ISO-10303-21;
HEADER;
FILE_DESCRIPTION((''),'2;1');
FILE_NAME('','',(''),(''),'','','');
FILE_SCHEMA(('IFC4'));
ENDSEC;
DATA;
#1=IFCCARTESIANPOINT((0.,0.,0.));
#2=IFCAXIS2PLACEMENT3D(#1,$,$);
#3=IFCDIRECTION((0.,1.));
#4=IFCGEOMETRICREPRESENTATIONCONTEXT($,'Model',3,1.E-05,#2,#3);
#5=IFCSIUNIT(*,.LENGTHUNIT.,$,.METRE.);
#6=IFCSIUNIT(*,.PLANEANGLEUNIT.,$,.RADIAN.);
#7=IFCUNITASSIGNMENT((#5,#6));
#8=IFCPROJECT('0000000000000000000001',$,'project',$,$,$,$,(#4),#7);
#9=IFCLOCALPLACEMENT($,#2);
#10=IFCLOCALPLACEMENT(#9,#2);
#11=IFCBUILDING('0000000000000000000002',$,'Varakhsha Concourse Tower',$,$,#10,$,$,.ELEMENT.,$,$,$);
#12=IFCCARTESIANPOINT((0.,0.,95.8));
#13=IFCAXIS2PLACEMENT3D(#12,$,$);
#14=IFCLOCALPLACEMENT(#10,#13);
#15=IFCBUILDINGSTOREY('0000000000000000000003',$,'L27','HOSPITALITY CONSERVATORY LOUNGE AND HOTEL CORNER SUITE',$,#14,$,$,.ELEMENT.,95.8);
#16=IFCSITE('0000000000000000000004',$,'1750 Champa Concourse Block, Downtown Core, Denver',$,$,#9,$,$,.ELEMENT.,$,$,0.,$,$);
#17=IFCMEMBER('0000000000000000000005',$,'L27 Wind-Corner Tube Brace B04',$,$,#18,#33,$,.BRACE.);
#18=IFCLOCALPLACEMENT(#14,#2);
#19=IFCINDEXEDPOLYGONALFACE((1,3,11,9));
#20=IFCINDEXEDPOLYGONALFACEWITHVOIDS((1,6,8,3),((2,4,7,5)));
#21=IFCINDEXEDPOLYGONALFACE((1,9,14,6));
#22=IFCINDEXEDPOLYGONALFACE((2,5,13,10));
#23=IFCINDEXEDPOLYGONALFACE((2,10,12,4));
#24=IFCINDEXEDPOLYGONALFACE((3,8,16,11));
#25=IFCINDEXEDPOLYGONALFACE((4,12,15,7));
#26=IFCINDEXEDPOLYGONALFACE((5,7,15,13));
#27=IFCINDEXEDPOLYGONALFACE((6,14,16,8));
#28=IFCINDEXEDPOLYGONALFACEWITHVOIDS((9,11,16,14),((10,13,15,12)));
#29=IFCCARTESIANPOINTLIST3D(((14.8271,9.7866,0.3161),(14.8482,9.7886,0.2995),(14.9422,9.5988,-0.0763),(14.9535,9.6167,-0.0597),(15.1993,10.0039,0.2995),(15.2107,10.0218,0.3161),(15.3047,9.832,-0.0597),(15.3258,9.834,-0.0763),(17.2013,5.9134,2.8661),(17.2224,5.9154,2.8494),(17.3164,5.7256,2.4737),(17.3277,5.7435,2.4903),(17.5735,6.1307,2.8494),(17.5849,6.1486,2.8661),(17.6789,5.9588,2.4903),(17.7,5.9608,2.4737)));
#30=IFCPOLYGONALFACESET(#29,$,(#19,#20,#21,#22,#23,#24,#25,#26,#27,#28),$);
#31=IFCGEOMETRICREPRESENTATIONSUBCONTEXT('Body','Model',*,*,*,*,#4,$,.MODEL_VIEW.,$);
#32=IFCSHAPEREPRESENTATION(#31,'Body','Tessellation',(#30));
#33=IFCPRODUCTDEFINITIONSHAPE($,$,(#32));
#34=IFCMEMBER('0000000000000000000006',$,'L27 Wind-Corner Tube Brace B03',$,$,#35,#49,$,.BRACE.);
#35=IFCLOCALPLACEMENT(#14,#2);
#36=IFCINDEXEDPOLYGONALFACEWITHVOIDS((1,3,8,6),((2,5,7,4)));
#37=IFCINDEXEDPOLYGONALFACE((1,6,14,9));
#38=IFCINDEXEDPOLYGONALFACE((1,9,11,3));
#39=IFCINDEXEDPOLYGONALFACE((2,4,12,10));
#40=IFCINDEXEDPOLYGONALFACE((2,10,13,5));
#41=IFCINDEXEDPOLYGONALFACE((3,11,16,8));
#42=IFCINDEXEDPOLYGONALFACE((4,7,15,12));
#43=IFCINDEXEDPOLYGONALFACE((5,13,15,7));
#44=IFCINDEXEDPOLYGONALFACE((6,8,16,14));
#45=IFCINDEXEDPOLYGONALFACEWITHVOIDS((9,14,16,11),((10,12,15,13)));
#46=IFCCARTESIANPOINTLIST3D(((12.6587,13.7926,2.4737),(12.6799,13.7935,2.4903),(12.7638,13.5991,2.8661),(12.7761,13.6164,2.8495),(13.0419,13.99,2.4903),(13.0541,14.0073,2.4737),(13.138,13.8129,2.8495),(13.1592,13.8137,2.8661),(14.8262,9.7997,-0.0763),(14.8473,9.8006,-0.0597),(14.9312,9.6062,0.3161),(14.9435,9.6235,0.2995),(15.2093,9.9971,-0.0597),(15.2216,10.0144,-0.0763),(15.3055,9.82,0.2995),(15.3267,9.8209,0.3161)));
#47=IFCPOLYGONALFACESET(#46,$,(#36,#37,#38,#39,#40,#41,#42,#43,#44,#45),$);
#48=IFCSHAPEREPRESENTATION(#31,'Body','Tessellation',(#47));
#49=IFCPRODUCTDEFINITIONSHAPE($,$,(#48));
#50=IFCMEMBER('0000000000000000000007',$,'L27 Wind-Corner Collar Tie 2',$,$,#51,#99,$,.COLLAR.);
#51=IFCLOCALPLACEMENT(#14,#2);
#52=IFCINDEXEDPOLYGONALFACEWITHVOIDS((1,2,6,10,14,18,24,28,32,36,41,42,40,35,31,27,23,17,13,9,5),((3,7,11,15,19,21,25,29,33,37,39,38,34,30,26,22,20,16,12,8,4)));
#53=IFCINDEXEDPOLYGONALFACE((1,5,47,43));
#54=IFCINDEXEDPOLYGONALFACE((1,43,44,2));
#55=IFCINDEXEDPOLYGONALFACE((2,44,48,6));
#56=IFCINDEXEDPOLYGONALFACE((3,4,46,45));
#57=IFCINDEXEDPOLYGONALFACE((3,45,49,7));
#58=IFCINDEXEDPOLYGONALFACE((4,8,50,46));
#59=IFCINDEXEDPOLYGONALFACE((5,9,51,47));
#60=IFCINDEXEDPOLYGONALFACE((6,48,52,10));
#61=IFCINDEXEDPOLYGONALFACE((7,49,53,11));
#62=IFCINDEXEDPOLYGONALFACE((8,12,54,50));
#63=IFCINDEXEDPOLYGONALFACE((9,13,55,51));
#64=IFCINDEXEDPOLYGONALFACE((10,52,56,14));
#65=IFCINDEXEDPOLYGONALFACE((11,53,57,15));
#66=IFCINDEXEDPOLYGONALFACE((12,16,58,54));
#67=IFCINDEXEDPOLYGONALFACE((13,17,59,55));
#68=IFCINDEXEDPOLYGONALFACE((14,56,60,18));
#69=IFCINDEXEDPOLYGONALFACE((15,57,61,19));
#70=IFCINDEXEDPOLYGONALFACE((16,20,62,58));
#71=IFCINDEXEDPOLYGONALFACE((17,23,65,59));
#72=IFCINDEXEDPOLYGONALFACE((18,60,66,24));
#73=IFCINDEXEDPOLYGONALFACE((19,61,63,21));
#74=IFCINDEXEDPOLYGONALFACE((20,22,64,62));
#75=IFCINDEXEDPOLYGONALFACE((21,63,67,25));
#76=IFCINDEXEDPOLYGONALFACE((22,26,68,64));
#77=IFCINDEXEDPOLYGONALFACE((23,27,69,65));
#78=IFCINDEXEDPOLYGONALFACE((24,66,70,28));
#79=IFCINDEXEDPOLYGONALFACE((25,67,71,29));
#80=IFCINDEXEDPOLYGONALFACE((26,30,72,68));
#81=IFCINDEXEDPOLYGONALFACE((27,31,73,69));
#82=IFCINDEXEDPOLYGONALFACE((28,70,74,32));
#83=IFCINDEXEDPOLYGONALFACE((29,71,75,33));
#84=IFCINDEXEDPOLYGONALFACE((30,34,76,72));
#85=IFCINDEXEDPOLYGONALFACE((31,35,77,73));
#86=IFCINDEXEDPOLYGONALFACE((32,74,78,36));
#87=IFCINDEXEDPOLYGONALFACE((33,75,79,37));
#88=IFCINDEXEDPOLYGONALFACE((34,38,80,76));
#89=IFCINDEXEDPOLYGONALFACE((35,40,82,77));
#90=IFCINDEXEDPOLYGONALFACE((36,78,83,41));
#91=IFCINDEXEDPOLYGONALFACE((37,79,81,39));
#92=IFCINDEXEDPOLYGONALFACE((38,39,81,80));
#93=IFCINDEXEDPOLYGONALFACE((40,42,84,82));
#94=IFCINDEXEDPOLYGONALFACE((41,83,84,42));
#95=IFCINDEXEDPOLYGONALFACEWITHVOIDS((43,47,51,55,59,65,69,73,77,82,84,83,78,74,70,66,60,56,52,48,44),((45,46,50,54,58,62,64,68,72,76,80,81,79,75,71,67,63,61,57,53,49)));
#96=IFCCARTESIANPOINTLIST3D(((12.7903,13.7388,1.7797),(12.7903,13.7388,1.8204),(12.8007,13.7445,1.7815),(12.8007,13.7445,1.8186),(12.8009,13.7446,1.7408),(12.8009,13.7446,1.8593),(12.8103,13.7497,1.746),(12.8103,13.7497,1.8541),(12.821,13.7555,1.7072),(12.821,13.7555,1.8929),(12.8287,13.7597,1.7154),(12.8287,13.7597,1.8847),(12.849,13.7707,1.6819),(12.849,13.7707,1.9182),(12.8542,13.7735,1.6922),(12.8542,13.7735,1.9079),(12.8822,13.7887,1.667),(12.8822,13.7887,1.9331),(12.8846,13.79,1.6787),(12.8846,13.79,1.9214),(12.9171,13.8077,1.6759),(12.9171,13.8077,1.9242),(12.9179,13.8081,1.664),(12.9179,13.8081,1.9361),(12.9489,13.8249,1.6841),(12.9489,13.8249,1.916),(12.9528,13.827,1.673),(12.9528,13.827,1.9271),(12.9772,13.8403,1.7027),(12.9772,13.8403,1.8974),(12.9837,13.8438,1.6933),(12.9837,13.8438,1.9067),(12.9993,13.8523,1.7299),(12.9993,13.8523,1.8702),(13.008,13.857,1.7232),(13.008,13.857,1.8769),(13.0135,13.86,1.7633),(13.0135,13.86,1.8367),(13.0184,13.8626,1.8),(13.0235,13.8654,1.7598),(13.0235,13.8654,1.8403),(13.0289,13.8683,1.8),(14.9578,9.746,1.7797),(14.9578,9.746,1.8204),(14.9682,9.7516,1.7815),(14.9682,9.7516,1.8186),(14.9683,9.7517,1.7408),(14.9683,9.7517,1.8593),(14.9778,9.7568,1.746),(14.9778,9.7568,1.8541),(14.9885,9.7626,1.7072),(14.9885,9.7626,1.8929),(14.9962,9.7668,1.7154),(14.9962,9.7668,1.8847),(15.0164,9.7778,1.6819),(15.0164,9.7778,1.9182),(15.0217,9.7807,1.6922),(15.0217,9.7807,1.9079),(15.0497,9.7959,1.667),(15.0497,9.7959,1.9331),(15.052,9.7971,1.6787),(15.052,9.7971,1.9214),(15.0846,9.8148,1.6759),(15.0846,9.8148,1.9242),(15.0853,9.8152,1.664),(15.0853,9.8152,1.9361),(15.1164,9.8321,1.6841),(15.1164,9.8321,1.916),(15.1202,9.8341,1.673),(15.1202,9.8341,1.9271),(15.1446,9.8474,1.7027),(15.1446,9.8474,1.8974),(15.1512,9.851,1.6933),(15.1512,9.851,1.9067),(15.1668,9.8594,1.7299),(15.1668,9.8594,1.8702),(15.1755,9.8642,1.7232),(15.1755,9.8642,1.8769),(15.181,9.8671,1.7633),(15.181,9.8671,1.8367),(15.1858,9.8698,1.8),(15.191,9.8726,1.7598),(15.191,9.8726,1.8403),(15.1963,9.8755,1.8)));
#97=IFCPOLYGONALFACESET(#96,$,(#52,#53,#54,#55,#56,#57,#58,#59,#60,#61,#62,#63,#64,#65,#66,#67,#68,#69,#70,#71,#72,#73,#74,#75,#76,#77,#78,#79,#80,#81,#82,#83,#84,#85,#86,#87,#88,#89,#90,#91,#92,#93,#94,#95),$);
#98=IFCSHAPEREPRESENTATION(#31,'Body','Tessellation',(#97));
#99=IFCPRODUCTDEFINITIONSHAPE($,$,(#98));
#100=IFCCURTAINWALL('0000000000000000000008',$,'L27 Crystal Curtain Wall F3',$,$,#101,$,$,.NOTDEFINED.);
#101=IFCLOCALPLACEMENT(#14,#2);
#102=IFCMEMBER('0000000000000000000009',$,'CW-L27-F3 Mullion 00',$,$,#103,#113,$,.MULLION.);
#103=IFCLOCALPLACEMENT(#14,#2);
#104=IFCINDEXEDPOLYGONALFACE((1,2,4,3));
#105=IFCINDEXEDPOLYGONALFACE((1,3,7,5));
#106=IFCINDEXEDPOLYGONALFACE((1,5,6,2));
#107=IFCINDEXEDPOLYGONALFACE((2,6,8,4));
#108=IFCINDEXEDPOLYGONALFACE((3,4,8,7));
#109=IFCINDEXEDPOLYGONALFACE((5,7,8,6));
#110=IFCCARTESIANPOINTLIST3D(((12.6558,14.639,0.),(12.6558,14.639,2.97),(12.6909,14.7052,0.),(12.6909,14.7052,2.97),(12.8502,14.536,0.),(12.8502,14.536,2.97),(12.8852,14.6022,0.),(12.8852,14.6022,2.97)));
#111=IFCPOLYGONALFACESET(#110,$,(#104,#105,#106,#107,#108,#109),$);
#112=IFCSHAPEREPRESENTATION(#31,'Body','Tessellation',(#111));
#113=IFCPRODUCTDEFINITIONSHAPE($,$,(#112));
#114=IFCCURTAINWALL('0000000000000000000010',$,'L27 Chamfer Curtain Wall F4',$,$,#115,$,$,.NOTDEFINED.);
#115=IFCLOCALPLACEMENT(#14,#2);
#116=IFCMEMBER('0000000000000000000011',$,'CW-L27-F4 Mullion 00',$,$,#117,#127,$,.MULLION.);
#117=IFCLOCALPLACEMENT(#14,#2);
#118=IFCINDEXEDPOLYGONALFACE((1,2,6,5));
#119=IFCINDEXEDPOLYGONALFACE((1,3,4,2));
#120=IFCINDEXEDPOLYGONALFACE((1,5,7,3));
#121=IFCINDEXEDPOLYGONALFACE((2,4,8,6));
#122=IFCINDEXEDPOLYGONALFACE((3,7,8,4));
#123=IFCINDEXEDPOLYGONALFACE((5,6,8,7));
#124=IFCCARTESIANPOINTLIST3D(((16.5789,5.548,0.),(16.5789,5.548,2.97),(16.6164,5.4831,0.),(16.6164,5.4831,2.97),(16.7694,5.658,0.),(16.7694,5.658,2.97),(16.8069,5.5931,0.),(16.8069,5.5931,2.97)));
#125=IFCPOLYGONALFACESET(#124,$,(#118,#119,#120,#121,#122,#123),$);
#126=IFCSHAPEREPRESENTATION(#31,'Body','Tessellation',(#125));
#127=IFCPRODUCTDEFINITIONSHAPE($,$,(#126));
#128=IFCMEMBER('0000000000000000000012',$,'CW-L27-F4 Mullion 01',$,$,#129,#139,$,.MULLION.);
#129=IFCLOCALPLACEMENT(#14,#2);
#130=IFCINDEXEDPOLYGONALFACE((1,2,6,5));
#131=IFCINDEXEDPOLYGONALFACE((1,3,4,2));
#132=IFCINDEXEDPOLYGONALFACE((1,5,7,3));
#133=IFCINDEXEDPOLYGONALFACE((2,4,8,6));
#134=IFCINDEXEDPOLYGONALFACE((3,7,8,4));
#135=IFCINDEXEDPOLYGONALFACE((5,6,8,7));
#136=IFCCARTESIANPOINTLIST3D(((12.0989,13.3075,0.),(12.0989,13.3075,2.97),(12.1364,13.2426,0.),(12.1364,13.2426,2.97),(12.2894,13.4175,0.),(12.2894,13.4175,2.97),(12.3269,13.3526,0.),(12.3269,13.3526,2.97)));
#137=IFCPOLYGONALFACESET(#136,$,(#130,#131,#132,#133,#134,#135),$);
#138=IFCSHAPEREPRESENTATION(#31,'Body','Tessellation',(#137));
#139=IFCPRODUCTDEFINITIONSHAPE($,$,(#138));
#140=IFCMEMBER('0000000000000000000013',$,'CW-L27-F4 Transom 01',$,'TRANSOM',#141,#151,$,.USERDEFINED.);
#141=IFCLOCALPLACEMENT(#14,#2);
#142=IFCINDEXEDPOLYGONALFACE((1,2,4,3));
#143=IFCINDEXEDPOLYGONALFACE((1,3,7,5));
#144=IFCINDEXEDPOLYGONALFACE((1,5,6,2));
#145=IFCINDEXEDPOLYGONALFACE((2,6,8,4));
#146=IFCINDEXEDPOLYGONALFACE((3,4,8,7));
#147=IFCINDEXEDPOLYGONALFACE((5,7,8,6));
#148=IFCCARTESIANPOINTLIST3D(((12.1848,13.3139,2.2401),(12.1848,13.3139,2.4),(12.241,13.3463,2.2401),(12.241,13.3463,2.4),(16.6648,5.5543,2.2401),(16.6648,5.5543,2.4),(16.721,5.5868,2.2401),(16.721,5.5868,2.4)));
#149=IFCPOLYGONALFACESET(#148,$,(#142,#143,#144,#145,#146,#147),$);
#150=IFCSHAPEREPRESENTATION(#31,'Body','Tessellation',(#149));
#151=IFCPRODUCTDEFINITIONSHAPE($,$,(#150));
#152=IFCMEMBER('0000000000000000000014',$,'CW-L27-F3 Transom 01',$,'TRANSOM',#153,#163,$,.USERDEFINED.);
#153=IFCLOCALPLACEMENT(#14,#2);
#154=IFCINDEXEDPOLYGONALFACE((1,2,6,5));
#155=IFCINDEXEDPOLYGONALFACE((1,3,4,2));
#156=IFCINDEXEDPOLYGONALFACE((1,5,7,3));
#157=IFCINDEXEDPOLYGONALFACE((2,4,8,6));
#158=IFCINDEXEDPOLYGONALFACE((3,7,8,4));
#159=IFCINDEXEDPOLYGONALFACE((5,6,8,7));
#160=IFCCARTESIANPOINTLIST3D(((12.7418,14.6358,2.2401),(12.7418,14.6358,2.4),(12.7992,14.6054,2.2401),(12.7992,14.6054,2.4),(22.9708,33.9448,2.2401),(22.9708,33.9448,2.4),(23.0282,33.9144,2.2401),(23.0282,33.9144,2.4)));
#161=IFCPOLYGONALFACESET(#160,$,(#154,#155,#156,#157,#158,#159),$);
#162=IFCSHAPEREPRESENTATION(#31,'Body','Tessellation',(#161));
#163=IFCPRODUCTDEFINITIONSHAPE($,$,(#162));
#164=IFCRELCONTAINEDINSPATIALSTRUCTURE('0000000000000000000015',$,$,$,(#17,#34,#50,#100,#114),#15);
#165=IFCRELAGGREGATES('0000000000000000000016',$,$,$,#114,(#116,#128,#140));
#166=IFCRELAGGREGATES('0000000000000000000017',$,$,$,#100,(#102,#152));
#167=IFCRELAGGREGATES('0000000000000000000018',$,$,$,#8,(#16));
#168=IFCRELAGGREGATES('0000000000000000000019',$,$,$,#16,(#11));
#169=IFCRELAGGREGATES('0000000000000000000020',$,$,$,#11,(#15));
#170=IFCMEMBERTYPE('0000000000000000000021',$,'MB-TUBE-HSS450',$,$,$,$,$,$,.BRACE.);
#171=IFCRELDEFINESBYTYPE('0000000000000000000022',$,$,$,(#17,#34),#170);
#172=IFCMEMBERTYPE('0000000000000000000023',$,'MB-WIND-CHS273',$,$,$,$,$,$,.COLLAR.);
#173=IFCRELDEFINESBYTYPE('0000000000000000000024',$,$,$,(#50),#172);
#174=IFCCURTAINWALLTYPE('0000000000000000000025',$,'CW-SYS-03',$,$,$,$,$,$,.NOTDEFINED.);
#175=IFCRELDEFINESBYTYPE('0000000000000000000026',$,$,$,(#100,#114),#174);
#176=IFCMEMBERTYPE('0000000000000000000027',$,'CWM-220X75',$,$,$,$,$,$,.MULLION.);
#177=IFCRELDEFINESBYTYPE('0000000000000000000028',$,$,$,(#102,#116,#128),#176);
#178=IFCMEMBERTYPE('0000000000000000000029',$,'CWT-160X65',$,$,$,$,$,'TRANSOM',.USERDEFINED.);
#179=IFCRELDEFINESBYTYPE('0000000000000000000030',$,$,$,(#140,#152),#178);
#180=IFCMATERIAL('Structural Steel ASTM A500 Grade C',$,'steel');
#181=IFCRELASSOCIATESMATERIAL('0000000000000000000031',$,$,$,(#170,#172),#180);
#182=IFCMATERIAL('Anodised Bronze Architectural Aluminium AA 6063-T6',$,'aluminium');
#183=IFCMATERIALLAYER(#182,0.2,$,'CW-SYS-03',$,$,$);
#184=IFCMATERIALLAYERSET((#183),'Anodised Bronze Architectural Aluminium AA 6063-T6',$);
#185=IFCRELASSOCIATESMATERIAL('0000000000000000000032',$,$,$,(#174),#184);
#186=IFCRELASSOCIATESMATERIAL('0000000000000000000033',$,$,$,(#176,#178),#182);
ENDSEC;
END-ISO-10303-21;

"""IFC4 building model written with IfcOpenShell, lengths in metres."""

from ifc_helpers import new_model, si_unit, direction, frame, origin, origin_2d, place, context, subcontext, project, spatial, rectangle, hollow_rectangle, hollow_circle, extrude, source, transform, mapped, material, layer, layer_set, material_profile, profile_set, type_object, type_shapes, element, aggregate, save


model = new_model("IFC4")

# Units and contexts
model_context = context("Model", 3, precision=1e-05, world=origin(), true_north=direction((0.0, 1.0)))
body_context = subcontext(model_context, "Body", "Model", "MODEL_VIEW")
ifc_project = project(units=[si_unit("LENGTHUNIT", "METRE"), si_unit("PLANEANGLEUNIT", "RADIAN")], contexts=[model_context])

# Site, building, storey
site_placement = place(None, origin())
site = spatial("IfcSite", under=ifc_project, at=site_placement, Name="1750 Champa Concourse Block, Downtown Core, Denver", CompositionType="ELEMENT", RefElevation=0.0)
building_placement = place(site_placement, origin())
building = spatial("IfcBuilding", under=site, at=building_placement, Name="Varakhsha Concourse Tower", CompositionType="ELEMENT")
storey_placement = place(building_placement, frame((0.0, 0.0, 95.8)))
storey = spatial("IfcBuildingStorey", under=building, at=storey_placement, Name="L27", Description="HOSPITALITY CONSERVATORY LOUNGE AND HOTEL CORNER SUITE", CompositionType="ELEMENT", Elevation=95.8)

# Members
ifc_material_1 = material(Name="Structural Steel ASTM A500 Grade C", Category="steel")
ifc_material_profile_1 = material_profile(ifc_material_1, hollow_rectangle(XDim=0.45, YDim=0.45, WallThickness=0.019, at=origin_2d()), Name="HSS 450x450x19")
ifc_profile_set_1 = profile_set([ifc_material_profile_1], Name="Structural Steel ASTM A500 Grade C")
member_type_1 = type_object("IfcMemberType", Name="MB-TUBE-HSS450", PredefinedType="BRACE", material=ifc_profile_set_1)
shared_shape_1 = source(origin(), body_context, "Body", "SweptSolid", [
    extrude(hollow_rectangle(XDim=0.45, YDim=0.45, WallThickness=0.019, at=origin_2d()), origin(), (0.0, 0.0, 1.0), 5.2097),
])
member_1_placement = place(storey_placement, frame((15.0764, 9.8103, 0.1199), z_axis=(0.455729, -0.743459, 0.489469), x_axis=(0.85257, 0.522612, 0.0)))
element("IfcMember", 1, at=member_1_placement, inside=storey, type_object=member_type_1, Name="L27 Wind-Corner Tube Brace B04", PredefinedType="BRACE", context=body_context, shape_type="MappedRepresentation", body=[
    mapped(shared_shape_1, transform((0.0, 0.0, 0.0), scale=1.0)),
])
shared_shape_2 = source(origin(), body_context, "Body", "SweptSolid", [
    extrude(hollow_rectangle(XDim=0.45, YDim=0.45, WallThickness=0.019, at=origin_2d()), origin(), (0.0, 0.0, 1.0), 5.21),
])
type_shapes(member_type_1, [shared_shape_1, shared_shape_2])
member_2_placement = place(storey_placement, frame((15.0764, 9.8103, 0.1199), z_axis=(-0.416023, 0.766395, 0.489452), x_axis=(-0.878863, -0.477074, 0.0)))
element("IfcMember", 2, at=member_2_placement, inside=storey, type_object=member_type_1, Name="L27 Wind-Corner Tube Brace B03", PredefinedType="BRACE", context=body_context, shape_type="MappedRepresentation", body=[
    mapped(shared_shape_2, transform((0.0, 0.0, 0.0), scale=1.0)),
])
ifc_material_profile_2 = material_profile(ifc_material_1, hollow_circle(Radius=0.1365, WallThickness=0.012, at=origin_2d()), Name="CHS 273x12")
ifc_profile_set_2 = profile_set([ifc_material_profile_2], Name="Structural Steel ASTM A500 Grade C")
member_type_2 = type_object("IfcMemberType", Name="MB-WIND-CHS273", PredefinedType="COLLAR", material=ifc_profile_set_2)
shared_shape_3 = source(origin(), body_context, "Body", "SweptSolid", [
    extrude(hollow_circle(Radius=0.1365, WallThickness=0.012, at=origin_2d()), origin(), (0.0, 0.0, 1.0), 4.5432),
])
type_shapes(member_type_2, [shared_shape_3])
member_3_placement = place(storey_placement, frame((12.9089, 13.8032, 1.8), z_axis=(0.477074, -0.878863, 0.0), x_axis=(0.878863, 0.477074, 0.0)))
element("IfcMember", 3, at=member_3_placement, inside=storey, type_object=member_type_2, Name="L27 Wind-Corner Collar Tie 2", PredefinedType="COLLAR", context=body_context, shape_type="MappedRepresentation", body=[
    mapped(shared_shape_3, transform((0.0, 0.0, 0.0), scale=1.0)),
])

# Curtain wall, member
ifc_material_2 = material(Name="Anodised Bronze Architectural Aluminium AA 6063-T6", Category="aluminium")
ifc_layer_1 = layer(ifc_material_2, 0.2, Name="CW-SYS-03")
ifc_layer_set_1 = layer_set([ifc_layer_1], Name="Anodised Bronze Architectural Aluminium AA 6063-T6")
curtain_wall_type = type_object("IfcCurtainWallType", Name="CW-SYS-03", PredefinedType="NOTDEFINED", material=ifc_layer_set_1)
curtain_wall_1_placement = place(storey_placement, origin())
curtain_wall_1 = element("IfcCurtainWall", 4, at=curtain_wall_1_placement, inside=storey, type_object=curtain_wall_type, Name="L27 Crystal Curtain Wall F3", PredefinedType="NOTDEFINED")
ifc_material_profile_3 = material_profile(ifc_material_2, rectangle(XDim=0.075, YDim=0.22, at=origin_2d()), Name="CWM-220X75")
ifc_profile_set_3 = profile_set([ifc_material_profile_3], Name="Anodised Bronze Architectural Aluminium AA 6063-T6")
member_type_3 = type_object("IfcMemberType", Name="CWM-220X75", PredefinedType="MULLION", material=ifc_profile_set_3)
shared_shape_4 = source(origin(), body_context, "Body", "SweptSolid", [
    extrude(rectangle(XDim=0.075, YDim=0.22, at=origin_2d()), origin(), (0.0, 0.0, 1.0), 2.97),
])
type_shapes(member_type_3, [shared_shape_4])
member_4_placement = place(storey_placement, frame((12.7705, 14.6206, 0.0), z_axis=(0.0, 0.0, 1.0), x_axis=(0.468124, 0.883663, 0.0)))
member_4 = element("IfcMember", 5, at=member_4_placement, type_object=member_type_3, Name="CW-L27-F3 Mullion 00", PredefinedType="MULLION", context=body_context, shape_type="MappedRepresentation", body=[
    mapped(shared_shape_4, transform((0.0, 0.0, 0.0), scale=1.0)),
])

# Curtain wall, members
curtain_wall_2_placement = place(storey_placement, origin())
curtain_wall_2 = element("IfcCurtainWall", 6, at=curtain_wall_2_placement, inside=storey, type_object=curtain_wall_type, Name="L27 Chamfer Curtain Wall F4", PredefinedType="NOTDEFINED")
member_5_placement = place(storey_placement, frame((16.6929, 5.5706, 0.0), z_axis=(0.0, 0.0, 1.0), x_axis=(-0.5, 0.866025, 0.0)))
member_5 = element("IfcMember", 7, at=member_5_placement, type_object=member_type_3, Name="CW-L27-F4 Mullion 00", PredefinedType="MULLION", context=body_context, shape_type="MappedRepresentation", body=[
    mapped(shared_shape_4, transform((0.0, 0.0, 0.0), scale=1.0)),
])
member_6_placement = place(storey_placement, frame((12.2129, 13.3301, 0.0), z_axis=(0.0, 0.0, 1.0), x_axis=(-0.5, 0.866025, 0.0)))
member_6 = element("IfcMember", 8, at=member_6_placement, type_object=member_type_3, Name="CW-L27-F4 Mullion 01", PredefinedType="MULLION", context=body_context, shape_type="MappedRepresentation", body=[
    mapped(shared_shape_4, transform((0.0, 0.0, 0.0), scale=1.0)),
])
ifc_material_profile_4 = material_profile(ifc_material_2, rectangle(XDim=0.0649, YDim=0.1599, at=origin_2d()), Name="CWT-160X65")
ifc_profile_set_4 = profile_set([ifc_material_profile_4], Name="Anodised Bronze Architectural Aluminium AA 6063-T6")
member_type_4 = type_object("IfcMemberType", Name="CWT-160X65", ElementType="TRANSOM", PredefinedType="USERDEFINED", material=ifc_profile_set_4)
shared_shape_5 = source(origin(), body_context, "Body", "SweptSolid", [
    extrude(rectangle(XDim=0.0649, YDim=0.1599, at=origin_2d()), origin(), (0.0, 0.0, 1.0), 8.96),
])
member_7_placement = place(storey_placement, frame((16.6929, 5.5706, 2.3201), z_axis=(-0.500002, 0.866025, 0.0), x_axis=(-0.866025, -0.500002, 0.0)))
member_7 = element("IfcMember", 9, at=member_7_placement, type_object=member_type_4, Name="CW-L27-F4 Transom 01", ObjectType="TRANSOM", PredefinedType="USERDEFINED", context=body_context, shape_type="MappedRepresentation", body=[
    mapped(shared_shape_5, transform((0.0, 0.0, 0.0), scale=1.0)),
])

# Member
shared_shape_6 = source(origin(), body_context, "Body", "SweptSolid", [
    extrude(rectangle(XDim=0.0649, YDim=0.1599, at=origin_2d()), origin(), (0.0, 0.0, 1.0), 21.8511),
])
type_shapes(member_type_4, [shared_shape_5, shared_shape_6])
member_8_placement = place(storey_placement, frame((12.7705, 14.6206, 2.3201), z_axis=(0.468122, 0.883664, 0.0), x_axis=(-0.883664, 0.468122, 0.0)))
member_8 = element("IfcMember", 10, at=member_8_placement, type_object=member_type_4, Name="CW-L27-F3 Transom 01", ObjectType="TRANSOM", PredefinedType="USERDEFINED", context=body_context, shape_type="MappedRepresentation", body=[
    mapped(shared_shape_6, transform((0.0, 0.0, 0.0), scale=1.0)),
])

aggregate(curtain_wall_2, [member_5, member_6, member_7])
aggregate(curtain_wall_1, [member_4, member_8])

save(model, "model.ifc")
